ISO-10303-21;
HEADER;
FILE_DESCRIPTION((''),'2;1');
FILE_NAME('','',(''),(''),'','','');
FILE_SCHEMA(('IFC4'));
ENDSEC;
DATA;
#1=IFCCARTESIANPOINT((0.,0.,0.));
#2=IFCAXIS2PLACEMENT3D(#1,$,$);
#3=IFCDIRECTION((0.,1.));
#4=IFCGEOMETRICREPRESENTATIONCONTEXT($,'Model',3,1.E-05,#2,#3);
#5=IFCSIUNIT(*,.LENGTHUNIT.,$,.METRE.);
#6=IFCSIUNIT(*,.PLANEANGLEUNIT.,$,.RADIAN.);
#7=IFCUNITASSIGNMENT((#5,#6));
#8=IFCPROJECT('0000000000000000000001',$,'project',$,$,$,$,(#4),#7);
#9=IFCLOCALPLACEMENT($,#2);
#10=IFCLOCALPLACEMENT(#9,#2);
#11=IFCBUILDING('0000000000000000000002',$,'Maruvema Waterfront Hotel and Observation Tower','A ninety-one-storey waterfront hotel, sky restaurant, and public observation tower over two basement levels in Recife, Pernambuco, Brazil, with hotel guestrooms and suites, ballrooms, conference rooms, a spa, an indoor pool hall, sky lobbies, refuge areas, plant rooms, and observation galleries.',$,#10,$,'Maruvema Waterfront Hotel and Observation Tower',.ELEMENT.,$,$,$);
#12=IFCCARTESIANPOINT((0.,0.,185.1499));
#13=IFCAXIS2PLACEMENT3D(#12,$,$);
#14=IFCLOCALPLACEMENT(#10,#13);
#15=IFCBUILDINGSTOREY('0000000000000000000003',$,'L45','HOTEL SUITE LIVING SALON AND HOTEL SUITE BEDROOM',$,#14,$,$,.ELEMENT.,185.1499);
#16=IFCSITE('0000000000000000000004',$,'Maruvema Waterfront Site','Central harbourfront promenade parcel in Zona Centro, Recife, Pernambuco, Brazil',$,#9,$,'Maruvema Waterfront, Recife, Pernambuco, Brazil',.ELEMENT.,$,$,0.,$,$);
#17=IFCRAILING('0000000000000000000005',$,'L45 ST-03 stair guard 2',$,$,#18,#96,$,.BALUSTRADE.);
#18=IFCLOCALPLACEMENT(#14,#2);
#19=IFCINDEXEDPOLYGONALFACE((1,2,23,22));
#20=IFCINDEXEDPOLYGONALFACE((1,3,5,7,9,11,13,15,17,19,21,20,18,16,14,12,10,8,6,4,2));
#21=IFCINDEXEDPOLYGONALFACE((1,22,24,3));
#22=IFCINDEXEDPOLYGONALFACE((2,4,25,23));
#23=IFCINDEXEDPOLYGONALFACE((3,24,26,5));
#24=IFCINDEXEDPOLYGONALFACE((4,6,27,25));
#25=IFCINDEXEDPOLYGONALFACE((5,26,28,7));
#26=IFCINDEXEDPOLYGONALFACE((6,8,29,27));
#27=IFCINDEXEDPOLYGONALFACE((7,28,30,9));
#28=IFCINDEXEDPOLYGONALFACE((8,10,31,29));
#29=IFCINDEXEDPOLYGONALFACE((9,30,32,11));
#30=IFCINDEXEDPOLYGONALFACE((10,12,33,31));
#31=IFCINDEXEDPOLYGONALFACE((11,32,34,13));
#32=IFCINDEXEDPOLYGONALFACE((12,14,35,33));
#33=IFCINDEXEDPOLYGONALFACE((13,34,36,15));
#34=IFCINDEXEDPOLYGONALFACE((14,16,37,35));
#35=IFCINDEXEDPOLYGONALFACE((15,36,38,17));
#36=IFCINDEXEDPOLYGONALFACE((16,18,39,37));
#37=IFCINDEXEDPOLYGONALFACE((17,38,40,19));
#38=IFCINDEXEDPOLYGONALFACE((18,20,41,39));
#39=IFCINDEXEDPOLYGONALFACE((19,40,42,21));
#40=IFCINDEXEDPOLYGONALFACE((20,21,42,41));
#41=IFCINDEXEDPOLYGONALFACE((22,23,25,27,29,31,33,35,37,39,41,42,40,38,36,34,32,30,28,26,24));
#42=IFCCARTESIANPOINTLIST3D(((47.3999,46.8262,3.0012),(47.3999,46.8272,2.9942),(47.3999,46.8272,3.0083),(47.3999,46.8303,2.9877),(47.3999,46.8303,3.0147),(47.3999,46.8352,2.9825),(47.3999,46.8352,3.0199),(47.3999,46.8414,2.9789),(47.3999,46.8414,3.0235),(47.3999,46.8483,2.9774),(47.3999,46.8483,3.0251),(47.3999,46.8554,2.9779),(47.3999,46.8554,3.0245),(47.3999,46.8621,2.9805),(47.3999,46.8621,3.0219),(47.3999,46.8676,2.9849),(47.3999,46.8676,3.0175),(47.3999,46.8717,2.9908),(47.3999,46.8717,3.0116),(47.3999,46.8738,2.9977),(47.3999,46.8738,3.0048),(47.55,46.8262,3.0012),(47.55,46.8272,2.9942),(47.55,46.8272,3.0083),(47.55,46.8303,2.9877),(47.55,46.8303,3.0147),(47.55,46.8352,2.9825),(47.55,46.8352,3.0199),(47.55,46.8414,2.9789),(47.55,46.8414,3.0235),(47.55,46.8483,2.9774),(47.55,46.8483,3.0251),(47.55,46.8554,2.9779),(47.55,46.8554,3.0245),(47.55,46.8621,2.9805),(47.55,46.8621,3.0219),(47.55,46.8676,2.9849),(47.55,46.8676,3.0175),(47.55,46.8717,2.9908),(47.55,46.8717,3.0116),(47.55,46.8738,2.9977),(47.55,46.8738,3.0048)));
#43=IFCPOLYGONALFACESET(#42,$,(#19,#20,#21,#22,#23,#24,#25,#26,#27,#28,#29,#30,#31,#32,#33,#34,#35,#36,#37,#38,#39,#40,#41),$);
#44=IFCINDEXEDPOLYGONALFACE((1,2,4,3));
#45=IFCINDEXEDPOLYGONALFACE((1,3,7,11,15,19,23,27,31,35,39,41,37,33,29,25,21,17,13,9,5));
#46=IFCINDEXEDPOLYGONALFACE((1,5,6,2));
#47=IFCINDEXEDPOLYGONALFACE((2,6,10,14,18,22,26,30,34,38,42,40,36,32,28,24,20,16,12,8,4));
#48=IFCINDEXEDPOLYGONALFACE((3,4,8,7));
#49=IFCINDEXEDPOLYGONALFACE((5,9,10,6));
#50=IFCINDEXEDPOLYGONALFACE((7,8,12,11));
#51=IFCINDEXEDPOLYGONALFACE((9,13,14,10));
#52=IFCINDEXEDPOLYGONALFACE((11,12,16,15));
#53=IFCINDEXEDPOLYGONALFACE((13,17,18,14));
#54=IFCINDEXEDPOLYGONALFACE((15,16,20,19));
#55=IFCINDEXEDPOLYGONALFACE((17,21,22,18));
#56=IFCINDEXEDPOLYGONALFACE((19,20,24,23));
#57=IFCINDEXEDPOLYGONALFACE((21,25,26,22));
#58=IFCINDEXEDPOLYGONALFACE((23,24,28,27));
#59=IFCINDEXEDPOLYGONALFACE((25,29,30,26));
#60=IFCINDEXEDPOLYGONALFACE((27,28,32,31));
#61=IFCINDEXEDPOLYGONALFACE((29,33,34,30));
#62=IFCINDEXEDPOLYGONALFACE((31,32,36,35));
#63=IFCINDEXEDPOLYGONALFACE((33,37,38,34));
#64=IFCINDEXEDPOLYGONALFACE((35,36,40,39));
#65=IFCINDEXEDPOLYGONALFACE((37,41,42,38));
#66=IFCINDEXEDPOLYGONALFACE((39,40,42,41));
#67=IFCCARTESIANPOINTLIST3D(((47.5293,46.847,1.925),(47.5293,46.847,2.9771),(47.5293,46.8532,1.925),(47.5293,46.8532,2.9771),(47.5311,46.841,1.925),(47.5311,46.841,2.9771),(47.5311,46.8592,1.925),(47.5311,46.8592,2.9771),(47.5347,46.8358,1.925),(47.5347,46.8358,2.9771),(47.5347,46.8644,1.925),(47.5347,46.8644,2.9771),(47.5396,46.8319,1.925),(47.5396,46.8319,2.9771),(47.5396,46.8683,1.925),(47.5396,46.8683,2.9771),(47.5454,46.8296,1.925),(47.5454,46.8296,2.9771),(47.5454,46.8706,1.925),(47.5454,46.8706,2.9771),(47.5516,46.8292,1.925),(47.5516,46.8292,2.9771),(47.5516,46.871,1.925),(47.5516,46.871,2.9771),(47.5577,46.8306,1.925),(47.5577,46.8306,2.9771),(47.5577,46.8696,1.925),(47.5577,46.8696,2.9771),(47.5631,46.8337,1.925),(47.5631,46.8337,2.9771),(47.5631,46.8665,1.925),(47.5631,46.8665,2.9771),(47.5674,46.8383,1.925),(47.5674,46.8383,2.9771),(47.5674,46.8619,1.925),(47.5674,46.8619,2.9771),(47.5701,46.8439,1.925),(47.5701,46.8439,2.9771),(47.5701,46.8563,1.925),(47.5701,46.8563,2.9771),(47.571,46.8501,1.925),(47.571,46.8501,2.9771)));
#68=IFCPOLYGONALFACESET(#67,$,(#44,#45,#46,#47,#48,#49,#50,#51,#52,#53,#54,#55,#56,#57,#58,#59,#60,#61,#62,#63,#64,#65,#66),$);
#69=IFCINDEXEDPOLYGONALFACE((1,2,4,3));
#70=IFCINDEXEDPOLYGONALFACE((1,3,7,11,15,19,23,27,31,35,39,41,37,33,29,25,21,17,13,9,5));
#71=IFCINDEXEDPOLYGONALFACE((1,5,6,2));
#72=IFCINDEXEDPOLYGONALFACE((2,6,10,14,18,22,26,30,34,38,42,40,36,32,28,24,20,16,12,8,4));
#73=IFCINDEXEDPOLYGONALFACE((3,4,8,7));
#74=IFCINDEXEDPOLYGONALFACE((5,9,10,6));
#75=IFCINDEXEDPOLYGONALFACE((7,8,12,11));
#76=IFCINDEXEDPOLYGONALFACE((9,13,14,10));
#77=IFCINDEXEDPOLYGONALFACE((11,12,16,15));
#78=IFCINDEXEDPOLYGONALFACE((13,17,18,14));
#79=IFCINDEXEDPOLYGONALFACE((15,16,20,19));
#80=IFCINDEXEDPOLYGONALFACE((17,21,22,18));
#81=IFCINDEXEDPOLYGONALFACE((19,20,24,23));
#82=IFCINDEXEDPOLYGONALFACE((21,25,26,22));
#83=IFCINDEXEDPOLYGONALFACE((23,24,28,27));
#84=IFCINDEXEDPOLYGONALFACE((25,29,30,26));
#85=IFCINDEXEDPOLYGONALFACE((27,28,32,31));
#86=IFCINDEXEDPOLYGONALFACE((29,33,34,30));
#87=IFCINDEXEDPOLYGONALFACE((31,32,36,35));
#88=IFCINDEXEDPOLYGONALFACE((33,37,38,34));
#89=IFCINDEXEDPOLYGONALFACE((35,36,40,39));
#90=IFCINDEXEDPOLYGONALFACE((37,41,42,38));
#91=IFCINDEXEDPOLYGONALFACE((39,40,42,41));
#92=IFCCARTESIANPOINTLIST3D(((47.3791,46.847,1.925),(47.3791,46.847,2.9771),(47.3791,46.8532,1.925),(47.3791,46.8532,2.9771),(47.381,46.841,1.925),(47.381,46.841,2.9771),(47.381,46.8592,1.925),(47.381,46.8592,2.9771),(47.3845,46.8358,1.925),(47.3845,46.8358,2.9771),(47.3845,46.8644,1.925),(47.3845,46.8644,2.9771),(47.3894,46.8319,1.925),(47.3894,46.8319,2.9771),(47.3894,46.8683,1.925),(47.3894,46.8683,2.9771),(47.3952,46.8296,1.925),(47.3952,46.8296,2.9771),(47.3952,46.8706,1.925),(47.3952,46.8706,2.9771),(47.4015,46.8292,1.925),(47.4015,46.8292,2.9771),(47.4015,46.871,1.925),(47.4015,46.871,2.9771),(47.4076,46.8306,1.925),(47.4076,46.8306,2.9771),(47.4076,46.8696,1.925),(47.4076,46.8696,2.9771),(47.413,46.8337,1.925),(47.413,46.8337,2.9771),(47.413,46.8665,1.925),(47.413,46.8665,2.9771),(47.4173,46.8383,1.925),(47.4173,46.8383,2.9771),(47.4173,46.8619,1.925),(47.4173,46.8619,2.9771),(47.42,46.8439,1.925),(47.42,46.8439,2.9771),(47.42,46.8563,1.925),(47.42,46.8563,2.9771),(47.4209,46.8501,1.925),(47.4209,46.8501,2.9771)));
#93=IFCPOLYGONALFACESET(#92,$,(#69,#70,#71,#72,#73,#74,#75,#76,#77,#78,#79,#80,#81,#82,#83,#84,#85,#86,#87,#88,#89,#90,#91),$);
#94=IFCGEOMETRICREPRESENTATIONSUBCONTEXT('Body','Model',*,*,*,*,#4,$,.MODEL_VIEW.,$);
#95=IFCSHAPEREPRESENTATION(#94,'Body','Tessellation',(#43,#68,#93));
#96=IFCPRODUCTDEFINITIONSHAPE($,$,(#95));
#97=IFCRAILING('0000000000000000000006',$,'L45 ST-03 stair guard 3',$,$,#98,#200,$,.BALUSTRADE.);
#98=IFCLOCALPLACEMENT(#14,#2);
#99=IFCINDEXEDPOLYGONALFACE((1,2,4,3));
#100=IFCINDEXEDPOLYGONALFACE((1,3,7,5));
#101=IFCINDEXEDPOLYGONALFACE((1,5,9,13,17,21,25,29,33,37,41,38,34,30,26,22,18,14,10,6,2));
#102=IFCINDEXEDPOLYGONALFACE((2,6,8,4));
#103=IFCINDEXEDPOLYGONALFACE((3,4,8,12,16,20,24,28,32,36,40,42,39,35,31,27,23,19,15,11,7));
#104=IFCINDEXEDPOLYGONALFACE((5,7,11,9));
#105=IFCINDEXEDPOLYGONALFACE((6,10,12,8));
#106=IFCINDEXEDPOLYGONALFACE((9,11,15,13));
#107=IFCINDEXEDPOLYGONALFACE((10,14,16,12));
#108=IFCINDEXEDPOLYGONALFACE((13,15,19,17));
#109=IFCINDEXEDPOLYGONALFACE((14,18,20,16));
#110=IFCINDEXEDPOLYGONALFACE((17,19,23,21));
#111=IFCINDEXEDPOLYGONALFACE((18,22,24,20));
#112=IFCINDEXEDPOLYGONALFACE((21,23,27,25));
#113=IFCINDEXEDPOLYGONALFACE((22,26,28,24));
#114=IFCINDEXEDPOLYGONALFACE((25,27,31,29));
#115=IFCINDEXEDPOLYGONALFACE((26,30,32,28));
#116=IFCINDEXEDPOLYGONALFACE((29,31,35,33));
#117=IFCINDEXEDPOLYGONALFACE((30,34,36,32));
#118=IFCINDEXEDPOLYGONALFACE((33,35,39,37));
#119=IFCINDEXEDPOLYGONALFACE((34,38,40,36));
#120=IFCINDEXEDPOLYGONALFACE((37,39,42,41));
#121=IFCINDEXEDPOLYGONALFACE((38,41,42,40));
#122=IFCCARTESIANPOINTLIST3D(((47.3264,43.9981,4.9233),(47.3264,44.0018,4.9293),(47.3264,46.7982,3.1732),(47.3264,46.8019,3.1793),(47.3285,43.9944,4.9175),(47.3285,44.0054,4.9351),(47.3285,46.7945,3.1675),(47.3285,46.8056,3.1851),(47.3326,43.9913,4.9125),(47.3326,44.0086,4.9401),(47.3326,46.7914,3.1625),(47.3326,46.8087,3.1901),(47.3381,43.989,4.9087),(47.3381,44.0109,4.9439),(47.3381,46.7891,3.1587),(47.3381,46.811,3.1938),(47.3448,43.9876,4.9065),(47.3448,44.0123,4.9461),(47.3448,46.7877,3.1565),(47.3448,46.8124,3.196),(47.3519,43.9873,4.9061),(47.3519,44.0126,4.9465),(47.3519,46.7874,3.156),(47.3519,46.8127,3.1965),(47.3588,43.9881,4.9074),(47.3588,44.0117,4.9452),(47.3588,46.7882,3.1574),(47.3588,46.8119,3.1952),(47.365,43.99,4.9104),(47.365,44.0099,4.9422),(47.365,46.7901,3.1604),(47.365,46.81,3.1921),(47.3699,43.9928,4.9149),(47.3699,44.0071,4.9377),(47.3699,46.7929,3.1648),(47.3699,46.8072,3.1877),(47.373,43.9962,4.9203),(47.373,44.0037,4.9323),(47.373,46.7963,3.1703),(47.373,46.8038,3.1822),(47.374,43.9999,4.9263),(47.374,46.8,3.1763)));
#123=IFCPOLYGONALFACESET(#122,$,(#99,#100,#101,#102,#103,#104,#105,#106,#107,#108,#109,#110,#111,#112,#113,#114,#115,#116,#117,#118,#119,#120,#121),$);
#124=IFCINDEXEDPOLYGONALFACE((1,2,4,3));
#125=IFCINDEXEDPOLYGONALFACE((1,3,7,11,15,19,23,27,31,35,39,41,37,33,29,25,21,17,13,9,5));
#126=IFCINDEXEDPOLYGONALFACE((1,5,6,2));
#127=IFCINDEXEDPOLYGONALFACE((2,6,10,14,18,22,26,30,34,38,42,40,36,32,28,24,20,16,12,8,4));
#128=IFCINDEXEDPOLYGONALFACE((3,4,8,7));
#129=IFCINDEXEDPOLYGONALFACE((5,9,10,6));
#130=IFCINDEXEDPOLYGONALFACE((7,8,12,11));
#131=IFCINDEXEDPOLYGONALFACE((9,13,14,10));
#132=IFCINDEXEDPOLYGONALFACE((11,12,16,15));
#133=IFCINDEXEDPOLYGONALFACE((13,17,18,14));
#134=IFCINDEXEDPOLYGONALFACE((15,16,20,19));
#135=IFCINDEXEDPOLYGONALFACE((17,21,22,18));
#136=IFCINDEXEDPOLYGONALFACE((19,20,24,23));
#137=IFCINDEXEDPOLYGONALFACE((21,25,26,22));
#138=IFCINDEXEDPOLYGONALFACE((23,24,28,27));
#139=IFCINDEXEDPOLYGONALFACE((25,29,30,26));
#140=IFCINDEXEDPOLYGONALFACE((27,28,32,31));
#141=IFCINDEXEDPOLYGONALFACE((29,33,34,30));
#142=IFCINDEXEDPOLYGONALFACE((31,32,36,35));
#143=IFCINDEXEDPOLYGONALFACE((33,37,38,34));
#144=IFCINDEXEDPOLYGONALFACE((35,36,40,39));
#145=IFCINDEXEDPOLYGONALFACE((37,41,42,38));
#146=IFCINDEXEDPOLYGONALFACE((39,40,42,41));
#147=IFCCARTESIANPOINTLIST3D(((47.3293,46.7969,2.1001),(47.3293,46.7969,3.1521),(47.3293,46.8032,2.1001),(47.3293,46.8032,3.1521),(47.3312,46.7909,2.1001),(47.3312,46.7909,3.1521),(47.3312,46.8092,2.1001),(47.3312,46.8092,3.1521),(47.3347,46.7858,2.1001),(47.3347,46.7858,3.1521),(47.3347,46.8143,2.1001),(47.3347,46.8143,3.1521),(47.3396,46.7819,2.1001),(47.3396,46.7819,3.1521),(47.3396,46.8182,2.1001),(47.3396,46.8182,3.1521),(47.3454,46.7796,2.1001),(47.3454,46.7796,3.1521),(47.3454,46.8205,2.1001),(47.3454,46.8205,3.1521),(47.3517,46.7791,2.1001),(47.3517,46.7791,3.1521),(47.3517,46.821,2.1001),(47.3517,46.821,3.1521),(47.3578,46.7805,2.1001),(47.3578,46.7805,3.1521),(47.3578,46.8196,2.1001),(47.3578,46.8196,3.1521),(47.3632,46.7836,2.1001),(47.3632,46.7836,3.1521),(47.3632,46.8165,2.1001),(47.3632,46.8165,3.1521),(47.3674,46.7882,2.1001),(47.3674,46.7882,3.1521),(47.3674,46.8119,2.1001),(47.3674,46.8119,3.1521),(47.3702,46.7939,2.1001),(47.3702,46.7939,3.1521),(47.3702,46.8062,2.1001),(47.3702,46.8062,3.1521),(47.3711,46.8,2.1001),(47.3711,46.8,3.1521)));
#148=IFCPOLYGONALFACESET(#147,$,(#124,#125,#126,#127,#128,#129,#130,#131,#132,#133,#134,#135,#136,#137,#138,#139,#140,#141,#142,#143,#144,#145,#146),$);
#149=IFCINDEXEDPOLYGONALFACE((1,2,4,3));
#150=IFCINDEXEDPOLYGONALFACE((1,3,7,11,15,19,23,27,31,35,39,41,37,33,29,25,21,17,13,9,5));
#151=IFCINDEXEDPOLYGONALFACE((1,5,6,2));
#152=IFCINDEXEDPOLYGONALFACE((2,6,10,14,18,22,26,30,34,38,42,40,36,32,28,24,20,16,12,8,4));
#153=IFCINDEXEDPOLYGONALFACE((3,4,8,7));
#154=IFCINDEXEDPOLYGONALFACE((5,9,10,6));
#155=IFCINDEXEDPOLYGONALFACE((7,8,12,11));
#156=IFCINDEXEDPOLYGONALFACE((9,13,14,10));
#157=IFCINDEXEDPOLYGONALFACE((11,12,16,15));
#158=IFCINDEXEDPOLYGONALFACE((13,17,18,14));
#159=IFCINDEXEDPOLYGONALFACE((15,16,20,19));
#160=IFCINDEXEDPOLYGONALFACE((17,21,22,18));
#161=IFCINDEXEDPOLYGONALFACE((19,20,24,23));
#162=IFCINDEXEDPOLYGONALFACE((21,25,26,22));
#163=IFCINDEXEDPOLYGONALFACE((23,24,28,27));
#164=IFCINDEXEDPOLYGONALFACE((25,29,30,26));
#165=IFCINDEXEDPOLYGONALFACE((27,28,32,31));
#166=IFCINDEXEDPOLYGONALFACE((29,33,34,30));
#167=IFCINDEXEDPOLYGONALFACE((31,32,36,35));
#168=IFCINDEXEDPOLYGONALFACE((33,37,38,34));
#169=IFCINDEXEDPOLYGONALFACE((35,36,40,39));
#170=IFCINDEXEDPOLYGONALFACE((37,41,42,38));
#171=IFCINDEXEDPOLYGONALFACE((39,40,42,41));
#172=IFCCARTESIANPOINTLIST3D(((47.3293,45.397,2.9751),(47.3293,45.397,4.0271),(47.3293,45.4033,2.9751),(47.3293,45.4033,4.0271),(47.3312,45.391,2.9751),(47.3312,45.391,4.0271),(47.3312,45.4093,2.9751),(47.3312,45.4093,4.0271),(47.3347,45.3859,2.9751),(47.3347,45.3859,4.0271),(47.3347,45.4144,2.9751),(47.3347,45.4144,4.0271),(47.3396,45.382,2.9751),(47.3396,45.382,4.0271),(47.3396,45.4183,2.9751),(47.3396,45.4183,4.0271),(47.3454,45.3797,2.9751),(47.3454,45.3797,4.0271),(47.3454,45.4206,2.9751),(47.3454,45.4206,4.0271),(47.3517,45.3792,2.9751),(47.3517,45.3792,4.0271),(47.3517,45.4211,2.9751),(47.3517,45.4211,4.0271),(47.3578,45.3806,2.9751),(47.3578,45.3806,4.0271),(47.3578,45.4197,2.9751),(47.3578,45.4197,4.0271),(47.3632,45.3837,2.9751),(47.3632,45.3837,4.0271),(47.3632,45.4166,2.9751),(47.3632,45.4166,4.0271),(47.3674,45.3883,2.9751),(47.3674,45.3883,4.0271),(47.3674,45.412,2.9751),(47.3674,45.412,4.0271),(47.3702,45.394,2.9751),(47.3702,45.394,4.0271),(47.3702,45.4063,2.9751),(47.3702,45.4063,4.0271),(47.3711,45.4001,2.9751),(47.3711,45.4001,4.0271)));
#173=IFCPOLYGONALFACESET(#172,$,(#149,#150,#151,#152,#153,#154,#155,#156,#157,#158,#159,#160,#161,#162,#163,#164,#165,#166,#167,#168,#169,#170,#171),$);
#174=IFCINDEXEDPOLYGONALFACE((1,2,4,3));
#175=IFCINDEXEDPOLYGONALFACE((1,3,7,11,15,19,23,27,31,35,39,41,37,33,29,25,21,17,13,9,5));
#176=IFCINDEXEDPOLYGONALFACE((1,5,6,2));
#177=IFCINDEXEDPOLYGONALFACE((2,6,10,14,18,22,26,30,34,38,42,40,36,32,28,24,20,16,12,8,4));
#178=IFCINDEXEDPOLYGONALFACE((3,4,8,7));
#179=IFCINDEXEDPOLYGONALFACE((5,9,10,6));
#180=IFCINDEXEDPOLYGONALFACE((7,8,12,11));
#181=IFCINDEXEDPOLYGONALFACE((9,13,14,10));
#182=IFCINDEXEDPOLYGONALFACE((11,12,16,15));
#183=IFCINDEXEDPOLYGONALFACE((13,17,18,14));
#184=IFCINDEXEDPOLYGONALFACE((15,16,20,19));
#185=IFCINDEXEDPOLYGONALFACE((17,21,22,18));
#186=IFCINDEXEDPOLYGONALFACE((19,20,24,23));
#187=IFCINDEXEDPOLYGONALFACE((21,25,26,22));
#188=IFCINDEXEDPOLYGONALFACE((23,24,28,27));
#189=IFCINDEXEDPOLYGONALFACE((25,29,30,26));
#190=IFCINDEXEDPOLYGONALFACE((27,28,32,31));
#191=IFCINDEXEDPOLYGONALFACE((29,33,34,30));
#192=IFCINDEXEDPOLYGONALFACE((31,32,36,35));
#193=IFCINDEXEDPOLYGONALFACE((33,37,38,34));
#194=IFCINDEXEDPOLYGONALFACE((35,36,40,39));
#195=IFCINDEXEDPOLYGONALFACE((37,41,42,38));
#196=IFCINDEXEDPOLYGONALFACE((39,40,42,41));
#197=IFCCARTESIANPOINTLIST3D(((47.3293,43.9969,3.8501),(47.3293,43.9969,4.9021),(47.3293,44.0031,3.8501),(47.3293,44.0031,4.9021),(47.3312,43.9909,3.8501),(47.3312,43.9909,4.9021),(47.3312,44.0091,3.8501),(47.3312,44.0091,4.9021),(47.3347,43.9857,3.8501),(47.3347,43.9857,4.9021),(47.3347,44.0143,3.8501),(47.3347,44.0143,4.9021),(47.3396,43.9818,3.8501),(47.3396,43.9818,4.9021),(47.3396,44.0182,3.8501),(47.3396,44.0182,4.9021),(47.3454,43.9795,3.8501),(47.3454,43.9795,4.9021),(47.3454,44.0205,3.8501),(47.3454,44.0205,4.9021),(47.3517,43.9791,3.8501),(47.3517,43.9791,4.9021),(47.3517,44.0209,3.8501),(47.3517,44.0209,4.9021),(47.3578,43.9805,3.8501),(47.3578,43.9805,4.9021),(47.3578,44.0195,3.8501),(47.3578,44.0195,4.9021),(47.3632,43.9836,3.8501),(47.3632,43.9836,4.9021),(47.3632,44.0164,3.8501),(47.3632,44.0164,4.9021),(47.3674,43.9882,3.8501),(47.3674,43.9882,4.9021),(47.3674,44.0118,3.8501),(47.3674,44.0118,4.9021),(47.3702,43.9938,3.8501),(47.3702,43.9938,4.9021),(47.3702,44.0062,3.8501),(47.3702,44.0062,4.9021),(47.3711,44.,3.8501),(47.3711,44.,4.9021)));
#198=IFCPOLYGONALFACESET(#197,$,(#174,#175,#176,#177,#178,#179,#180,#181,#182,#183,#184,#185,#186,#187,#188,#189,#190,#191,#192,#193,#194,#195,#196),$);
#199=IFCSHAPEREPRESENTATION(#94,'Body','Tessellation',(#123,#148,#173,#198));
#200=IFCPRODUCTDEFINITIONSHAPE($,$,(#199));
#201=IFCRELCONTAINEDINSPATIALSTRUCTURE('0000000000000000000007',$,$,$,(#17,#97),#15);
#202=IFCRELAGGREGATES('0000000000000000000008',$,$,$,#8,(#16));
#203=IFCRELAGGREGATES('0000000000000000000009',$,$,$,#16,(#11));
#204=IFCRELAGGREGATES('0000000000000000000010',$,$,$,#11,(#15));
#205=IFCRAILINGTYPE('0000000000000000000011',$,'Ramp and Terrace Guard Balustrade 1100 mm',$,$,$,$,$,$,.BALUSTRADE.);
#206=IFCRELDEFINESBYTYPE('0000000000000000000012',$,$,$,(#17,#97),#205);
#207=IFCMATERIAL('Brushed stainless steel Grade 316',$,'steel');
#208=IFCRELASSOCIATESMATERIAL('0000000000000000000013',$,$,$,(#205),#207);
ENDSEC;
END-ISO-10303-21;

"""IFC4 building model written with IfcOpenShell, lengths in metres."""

from ifc_helpers import new_model, si_unit, direction, frame, origin, origin_2d, place, context, subcontext, project, spatial, circle, extrude, material, type_object, element, save


model = new_model("IFC4")

# Units and contexts
model_context = context("Model", 3, precision=1e-05, world=origin(), true_north=direction((0.0, 1.0)))
body_context = subcontext(model_context, "Body", "Model", "MODEL_VIEW")
ifc_project = project(units=[si_unit("LENGTHUNIT", "METRE"), si_unit("PLANEANGLEUNIT", "RADIAN")], contexts=[model_context])

# Site, building, storey
site_placement = place(None, origin())
site = spatial("IfcSite", under=ifc_project, at=site_placement, Name="Maruvema Waterfront Site", Description="Central harbourfront promenade parcel in Zona Centro, Recife, Pernambuco, Brazil", LongName="Maruvema Waterfront, Recife, Pernambuco, Brazil", CompositionType="ELEMENT", RefElevation=0.0)
building_placement = place(site_placement, origin())
building = spatial("IfcBuilding", under=site, at=building_placement, Name="Maruvema Waterfront Hotel and Observation Tower", Description="A ninety-one-storey waterfront hotel, sky restaurant, and public observation tower over two basement levels in Recife, Pernambuco, Brazil, with hotel guestrooms and suites, ballrooms, conference rooms, a spa, an indoor pool hall, sky lobbies, refuge areas, plant rooms, and observation galleries.", LongName="Maruvema Waterfront Hotel and Observation Tower", CompositionType="ELEMENT")
storey_placement = place(building_placement, frame((0.0, 0.0, 185.1499)))
storey = spatial("IfcBuildingStorey", under=building, at=storey_placement, Name="L45", Description="HOTEL SUITE LIVING SALON AND HOTEL SUITE BEDROOM", CompositionType="ELEMENT", Elevation=185.1499)

# Railings
ifc_material_1 = material(Name="Brushed stainless steel Grade 316", Category="steel")
railing_type_1 = type_object("IfcRailingType", Name="Ramp and Terrace Guard Balustrade 1100 mm", PredefinedType="BALUSTRADE", material=ifc_material_1)
railing_1_placement = place(storey_placement, frame((47.55, 46.8501, 1.925)))
element("IfcRailing", 1, at=railing_1_placement, inside=storey, type_object=railing_type_1, Name="L45 ST-03 stair guard 2", PredefinedType="BALUSTRADE", context=body_context, shape_type="SweptSolid", body=[
    extrude(circle(Radius=0.0239, at=origin_2d()), frame((0.0, 0.0, 1.0762), z_axis=(-1.0, 0.0, 0.0), x_axis=(0.0, -1.0, 0.0)), (0.0, 0.0, 1.0), 0.1501),
    extrude(circle(Radius=0.021, at=origin_2d()), origin(), (0.0, 0.0, 1.0), 1.052),
    extrude(circle(Radius=0.021, at=origin_2d()), frame((-0.1501, 0.0, 0.0)), (0.0, 0.0, 1.0), 1.052),
])
railing_2_placement = place(storey_placement, frame((47.3501, 46.8, 2.1001)))
element("IfcRailing", 2, at=railing_2_placement, inside=storey, type_object=railing_type_1, Name="L45 ST-03 stair guard 3", PredefinedType="BALUSTRADE", context=body_context, shape_type="SweptSolid", body=[
    extrude(circle(Radius=0.0239, at=origin_2d()), frame((0.0, 0.0, 1.0762), z_axis=(0.0, -0.848002, 0.529992), x_axis=(1.0, 0.0, 0.0)), (0.0, 0.0, 1.0), 3.302),
    extrude(circle(Radius=0.021, at=origin_2d()), origin(), (0.0, 0.0, 1.0), 1.052),
    extrude(circle(Radius=0.021, at=origin_2d()), frame((0.0, -1.3999, 0.875)), (0.0, 0.0, 1.0), 1.052),
    extrude(circle(Radius=0.021, at=origin_2d()), frame((0.0, -2.8, 1.75)), (0.0, 0.0, 1.0), 1.052),
])

save(model, "model.ifc")
